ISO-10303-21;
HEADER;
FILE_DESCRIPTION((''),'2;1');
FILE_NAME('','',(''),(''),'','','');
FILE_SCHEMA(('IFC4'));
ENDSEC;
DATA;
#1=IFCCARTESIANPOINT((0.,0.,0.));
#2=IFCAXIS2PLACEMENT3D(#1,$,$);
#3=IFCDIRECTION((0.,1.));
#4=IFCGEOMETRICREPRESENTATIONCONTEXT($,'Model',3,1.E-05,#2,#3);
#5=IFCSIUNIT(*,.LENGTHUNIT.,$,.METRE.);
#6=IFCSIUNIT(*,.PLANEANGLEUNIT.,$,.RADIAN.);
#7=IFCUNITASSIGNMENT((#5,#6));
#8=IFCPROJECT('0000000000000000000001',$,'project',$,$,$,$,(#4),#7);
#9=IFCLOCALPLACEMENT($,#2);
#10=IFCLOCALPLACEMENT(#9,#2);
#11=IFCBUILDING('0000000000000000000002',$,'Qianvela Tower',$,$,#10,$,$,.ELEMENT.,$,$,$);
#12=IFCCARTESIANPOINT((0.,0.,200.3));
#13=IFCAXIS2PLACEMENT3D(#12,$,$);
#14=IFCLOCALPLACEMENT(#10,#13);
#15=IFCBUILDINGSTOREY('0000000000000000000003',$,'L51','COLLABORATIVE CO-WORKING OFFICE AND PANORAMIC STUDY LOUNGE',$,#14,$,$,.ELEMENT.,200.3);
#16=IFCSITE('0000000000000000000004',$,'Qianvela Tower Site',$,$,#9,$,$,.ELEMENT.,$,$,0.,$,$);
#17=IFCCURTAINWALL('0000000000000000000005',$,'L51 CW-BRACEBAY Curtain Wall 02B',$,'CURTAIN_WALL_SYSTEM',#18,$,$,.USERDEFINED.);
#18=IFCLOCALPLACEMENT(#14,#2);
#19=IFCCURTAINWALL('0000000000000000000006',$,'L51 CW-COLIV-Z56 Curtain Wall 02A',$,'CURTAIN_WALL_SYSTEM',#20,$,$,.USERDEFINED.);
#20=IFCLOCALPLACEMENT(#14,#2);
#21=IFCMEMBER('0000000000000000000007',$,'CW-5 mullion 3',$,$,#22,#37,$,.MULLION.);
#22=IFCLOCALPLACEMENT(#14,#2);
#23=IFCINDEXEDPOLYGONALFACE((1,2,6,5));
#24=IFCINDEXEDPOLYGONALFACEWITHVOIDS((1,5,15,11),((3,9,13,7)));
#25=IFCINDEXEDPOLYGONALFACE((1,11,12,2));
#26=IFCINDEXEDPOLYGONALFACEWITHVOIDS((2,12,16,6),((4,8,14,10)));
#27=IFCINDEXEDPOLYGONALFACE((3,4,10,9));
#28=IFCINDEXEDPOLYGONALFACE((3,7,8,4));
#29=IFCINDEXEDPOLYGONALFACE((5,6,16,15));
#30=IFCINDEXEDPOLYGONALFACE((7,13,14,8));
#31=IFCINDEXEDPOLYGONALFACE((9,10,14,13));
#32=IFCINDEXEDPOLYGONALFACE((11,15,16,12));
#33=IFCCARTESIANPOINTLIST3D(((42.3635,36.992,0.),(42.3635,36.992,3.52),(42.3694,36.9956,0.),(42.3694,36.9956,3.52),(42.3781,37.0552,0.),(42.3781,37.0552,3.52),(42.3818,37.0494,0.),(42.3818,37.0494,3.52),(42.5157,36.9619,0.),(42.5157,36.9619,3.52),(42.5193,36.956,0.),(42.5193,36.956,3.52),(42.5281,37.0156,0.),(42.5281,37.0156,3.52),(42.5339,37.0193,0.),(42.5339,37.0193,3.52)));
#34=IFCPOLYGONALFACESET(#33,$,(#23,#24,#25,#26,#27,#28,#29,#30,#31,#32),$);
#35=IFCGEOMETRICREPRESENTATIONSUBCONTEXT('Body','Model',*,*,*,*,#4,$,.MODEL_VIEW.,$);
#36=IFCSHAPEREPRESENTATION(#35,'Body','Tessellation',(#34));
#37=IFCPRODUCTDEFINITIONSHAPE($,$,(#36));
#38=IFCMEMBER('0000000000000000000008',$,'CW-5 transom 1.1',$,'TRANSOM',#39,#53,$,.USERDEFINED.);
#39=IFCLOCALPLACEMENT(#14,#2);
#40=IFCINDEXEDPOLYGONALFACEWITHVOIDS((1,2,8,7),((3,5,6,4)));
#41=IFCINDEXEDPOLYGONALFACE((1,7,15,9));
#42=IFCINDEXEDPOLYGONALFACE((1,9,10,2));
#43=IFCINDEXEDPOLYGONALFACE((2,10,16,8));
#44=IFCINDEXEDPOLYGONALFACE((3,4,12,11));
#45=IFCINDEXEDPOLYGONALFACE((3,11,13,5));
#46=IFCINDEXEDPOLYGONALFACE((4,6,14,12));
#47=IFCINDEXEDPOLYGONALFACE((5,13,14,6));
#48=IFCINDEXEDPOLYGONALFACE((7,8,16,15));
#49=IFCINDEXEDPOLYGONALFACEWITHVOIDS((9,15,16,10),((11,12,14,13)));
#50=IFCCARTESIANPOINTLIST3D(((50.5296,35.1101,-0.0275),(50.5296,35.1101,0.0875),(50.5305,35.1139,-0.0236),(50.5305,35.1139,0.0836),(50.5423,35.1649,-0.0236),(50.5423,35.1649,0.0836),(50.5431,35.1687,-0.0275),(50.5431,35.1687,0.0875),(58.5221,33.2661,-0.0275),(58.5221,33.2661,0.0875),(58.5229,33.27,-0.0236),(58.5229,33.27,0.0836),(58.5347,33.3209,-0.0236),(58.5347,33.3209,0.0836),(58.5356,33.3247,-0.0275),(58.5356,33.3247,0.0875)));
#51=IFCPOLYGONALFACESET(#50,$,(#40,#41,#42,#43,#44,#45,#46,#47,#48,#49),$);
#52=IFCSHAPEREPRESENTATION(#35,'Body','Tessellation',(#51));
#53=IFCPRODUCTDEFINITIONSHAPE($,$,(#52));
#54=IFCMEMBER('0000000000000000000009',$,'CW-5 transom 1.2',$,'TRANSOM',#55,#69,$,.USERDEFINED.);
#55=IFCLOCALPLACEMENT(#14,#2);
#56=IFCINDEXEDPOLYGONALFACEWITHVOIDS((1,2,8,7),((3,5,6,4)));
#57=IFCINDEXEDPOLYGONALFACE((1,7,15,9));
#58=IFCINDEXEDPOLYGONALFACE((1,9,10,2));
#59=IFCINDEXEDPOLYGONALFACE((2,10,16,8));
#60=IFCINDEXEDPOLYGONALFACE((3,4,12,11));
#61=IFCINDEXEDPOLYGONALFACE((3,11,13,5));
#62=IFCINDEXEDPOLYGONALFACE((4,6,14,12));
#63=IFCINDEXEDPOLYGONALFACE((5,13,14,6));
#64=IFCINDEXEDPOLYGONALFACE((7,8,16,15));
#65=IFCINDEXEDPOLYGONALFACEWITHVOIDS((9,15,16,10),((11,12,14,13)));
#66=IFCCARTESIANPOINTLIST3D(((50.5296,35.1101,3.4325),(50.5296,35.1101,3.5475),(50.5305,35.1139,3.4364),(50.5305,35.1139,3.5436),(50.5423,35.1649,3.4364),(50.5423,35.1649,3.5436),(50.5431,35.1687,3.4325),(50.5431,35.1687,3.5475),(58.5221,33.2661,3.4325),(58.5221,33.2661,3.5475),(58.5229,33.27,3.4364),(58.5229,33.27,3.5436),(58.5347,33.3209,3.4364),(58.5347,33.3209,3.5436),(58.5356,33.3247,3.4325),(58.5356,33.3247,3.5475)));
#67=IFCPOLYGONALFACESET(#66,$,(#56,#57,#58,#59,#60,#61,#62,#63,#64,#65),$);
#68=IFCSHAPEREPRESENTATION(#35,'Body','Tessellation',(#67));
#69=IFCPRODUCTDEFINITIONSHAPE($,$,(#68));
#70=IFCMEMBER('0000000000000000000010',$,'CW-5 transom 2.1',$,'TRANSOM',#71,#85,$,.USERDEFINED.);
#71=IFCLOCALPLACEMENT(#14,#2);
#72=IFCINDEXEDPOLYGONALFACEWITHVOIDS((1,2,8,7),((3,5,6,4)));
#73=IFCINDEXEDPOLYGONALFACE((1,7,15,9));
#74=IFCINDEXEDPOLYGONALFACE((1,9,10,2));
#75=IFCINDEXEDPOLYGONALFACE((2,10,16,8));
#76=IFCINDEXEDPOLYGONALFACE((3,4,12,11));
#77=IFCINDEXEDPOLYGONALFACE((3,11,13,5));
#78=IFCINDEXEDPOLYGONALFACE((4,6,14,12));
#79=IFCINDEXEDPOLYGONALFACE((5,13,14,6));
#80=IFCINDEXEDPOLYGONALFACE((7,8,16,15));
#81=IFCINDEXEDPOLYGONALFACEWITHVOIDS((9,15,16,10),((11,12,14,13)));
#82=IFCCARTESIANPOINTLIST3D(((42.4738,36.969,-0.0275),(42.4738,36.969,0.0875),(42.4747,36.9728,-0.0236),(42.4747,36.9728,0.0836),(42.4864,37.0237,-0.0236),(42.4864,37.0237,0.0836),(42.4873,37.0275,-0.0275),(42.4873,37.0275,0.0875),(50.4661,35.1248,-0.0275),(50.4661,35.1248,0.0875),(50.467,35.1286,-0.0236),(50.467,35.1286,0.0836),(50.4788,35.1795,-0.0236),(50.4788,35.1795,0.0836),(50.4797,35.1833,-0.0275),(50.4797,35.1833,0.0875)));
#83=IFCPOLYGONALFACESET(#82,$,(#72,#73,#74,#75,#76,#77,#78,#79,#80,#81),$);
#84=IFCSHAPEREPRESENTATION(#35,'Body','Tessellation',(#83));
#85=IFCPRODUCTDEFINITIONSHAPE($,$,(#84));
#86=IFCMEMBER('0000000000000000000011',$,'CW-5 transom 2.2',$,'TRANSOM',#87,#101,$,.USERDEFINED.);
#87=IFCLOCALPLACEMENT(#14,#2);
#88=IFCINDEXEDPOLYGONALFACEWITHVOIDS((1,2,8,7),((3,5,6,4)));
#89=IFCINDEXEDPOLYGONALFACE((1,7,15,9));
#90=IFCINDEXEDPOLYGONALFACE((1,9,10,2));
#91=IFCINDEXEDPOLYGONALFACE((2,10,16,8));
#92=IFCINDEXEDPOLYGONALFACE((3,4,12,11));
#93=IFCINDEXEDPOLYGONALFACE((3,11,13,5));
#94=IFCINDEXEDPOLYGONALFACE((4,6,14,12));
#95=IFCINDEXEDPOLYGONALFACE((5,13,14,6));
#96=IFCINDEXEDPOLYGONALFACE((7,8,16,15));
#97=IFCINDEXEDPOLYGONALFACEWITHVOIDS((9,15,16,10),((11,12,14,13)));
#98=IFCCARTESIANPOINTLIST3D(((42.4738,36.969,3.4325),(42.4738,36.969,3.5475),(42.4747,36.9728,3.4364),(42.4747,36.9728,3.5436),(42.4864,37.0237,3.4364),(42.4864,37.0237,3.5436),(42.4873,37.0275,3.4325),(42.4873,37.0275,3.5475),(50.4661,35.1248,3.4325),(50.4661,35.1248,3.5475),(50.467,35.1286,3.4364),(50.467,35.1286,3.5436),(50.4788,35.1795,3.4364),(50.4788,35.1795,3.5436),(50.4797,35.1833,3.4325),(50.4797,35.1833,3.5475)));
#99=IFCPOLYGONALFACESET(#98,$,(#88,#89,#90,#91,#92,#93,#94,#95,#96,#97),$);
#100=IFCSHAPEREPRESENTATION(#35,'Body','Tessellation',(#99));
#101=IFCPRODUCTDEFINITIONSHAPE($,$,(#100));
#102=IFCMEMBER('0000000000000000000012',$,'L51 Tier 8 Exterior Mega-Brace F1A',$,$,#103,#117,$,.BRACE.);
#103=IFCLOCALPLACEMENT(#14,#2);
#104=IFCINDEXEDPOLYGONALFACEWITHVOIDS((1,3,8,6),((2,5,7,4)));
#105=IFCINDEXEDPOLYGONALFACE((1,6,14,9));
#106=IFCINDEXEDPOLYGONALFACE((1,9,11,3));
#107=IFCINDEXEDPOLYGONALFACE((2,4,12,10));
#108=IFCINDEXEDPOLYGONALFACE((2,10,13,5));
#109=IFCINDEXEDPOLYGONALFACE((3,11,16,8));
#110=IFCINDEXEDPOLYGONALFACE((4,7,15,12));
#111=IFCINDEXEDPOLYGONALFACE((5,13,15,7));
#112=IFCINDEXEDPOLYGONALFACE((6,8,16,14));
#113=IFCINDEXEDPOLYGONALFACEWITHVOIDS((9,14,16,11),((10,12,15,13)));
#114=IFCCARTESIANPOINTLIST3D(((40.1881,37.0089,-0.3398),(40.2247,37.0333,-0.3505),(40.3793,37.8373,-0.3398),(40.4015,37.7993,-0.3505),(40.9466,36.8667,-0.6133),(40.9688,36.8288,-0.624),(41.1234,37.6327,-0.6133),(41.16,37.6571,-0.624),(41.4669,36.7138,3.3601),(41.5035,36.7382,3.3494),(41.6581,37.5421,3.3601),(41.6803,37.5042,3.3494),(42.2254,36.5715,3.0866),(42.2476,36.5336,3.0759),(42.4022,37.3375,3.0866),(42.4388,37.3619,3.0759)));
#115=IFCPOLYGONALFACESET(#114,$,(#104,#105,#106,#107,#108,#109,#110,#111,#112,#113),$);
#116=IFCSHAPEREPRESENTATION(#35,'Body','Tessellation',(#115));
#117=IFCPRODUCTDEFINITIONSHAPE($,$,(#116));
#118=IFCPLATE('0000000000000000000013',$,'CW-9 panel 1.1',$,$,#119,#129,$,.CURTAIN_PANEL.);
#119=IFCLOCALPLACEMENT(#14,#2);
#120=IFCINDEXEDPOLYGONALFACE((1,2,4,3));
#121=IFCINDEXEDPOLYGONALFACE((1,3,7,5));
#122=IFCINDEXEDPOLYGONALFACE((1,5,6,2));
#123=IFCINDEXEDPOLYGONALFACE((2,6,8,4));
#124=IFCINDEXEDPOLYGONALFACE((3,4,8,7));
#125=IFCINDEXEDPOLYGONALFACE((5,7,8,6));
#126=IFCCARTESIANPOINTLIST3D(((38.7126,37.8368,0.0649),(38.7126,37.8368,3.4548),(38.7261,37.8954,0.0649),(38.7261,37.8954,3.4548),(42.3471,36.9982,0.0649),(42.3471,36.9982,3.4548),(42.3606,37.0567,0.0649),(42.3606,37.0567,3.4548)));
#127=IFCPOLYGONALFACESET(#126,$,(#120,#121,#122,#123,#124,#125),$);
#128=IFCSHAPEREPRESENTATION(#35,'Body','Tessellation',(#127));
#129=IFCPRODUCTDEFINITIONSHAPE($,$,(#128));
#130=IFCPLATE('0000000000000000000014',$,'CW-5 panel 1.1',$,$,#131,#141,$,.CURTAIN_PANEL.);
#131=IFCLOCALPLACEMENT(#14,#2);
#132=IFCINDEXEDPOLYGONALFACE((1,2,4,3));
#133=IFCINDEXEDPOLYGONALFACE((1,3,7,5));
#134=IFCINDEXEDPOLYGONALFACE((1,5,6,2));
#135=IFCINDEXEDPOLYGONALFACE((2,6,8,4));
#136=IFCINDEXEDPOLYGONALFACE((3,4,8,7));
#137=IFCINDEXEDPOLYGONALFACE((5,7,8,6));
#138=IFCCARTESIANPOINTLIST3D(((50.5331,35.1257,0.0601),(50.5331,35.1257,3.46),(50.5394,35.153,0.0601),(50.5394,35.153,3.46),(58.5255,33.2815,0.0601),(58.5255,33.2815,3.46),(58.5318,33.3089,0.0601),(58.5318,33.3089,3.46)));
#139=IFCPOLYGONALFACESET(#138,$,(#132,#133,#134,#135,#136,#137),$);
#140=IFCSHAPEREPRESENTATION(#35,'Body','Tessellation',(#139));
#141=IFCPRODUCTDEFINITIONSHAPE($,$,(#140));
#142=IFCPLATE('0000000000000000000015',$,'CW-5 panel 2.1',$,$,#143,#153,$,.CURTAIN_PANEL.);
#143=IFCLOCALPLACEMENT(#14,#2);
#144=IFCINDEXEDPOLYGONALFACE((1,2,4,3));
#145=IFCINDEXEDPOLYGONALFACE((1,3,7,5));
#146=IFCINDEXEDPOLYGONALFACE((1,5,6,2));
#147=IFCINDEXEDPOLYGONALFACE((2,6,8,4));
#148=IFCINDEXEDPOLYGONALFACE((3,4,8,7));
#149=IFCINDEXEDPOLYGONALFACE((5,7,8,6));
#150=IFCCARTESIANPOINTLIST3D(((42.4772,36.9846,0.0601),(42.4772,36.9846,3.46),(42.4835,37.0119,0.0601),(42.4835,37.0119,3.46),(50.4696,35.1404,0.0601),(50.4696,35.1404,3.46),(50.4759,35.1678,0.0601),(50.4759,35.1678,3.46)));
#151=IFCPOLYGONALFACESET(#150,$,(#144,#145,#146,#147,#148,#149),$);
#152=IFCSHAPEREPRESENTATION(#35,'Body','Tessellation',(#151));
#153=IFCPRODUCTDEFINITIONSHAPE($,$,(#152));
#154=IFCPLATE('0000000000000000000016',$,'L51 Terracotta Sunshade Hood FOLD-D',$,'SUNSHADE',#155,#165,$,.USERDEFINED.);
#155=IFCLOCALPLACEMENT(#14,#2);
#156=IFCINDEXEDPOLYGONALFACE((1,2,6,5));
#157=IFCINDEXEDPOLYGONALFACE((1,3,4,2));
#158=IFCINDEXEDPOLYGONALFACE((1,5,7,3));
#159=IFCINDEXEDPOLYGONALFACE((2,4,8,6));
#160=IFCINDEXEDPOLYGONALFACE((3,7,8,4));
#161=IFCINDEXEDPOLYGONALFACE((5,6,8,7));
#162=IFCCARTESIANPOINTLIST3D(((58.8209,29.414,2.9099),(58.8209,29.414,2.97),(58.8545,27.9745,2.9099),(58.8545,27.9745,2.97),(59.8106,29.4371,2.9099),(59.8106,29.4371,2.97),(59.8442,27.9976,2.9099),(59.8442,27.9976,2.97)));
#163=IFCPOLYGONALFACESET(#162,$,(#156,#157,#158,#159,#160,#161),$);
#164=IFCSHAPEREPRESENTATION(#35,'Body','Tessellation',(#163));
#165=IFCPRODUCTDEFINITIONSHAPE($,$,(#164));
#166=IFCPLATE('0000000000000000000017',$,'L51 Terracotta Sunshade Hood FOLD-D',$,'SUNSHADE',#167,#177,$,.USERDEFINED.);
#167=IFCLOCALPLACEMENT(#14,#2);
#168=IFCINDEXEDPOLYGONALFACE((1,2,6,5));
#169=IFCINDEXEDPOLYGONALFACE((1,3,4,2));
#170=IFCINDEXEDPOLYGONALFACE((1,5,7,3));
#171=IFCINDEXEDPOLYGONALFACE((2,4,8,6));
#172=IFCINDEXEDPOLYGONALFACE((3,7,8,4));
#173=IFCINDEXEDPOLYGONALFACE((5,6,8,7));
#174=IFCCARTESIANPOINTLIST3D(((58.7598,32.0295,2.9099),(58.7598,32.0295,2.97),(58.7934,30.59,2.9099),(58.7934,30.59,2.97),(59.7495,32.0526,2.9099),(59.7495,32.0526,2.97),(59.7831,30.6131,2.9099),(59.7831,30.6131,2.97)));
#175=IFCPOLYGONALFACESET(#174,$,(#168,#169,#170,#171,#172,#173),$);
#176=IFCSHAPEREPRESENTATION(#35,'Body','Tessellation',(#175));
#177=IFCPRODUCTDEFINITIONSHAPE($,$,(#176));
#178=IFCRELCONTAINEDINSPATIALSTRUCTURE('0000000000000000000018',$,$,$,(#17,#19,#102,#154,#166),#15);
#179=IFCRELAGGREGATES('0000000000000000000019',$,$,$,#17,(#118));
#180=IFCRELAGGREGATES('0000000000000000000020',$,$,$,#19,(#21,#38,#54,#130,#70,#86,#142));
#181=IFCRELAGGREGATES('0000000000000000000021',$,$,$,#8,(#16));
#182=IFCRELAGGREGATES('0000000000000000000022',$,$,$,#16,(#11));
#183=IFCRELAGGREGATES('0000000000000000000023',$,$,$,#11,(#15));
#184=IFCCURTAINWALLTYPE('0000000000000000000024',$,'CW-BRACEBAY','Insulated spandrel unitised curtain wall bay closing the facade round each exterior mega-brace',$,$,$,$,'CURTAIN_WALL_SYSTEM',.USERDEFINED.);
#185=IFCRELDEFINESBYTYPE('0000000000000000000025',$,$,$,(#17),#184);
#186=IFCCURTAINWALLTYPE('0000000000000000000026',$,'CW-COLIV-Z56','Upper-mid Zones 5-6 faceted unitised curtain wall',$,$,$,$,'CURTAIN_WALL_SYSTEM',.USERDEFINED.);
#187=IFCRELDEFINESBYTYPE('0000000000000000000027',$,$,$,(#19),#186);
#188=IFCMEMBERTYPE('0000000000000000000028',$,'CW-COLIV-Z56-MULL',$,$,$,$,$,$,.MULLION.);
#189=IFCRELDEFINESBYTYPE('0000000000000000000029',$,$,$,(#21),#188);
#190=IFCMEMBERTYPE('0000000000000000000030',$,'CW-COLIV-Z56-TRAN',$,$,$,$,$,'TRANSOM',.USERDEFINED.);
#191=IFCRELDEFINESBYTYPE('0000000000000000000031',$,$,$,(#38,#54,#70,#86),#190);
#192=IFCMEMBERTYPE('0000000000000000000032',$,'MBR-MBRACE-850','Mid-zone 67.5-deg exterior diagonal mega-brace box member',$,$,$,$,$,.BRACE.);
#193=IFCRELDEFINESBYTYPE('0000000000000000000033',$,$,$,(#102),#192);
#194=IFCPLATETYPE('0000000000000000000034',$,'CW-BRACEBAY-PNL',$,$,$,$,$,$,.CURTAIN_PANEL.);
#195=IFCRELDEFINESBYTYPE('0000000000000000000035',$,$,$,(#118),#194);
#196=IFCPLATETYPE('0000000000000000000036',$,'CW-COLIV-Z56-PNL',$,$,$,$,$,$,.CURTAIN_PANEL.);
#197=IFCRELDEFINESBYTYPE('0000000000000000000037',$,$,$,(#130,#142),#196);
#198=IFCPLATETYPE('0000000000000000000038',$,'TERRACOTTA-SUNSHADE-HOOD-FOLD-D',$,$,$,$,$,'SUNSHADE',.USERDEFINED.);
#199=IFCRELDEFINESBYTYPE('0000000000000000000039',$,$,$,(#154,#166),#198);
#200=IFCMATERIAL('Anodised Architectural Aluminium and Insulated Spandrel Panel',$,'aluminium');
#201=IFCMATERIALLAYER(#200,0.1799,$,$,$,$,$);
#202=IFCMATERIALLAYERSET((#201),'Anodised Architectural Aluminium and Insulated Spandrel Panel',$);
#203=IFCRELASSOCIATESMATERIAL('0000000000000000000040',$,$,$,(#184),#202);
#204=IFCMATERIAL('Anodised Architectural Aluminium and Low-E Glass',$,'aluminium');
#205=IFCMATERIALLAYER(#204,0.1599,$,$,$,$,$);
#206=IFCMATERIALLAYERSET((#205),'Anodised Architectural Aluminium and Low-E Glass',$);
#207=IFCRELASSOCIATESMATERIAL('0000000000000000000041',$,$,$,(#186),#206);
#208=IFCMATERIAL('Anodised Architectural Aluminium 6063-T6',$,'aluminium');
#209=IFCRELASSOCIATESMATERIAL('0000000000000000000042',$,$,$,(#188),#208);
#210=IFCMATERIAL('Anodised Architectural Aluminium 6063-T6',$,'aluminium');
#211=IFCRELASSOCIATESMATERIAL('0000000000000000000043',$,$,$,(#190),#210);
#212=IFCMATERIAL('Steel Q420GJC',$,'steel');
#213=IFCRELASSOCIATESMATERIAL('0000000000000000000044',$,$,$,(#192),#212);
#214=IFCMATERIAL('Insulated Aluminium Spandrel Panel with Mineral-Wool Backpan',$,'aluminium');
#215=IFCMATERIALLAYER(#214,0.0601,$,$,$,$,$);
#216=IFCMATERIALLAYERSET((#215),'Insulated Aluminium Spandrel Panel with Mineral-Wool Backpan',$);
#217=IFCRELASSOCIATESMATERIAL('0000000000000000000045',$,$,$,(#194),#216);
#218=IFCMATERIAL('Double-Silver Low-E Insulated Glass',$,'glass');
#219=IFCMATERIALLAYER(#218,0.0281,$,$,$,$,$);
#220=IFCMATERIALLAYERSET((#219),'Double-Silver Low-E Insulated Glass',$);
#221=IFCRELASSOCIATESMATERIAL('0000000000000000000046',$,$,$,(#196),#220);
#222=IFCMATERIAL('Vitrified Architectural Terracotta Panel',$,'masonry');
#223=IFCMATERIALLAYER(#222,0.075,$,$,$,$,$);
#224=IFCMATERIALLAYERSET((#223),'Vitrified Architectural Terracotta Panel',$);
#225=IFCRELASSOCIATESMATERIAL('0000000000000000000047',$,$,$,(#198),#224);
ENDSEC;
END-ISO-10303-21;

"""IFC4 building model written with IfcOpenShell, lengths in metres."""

from ifc_helpers import new_model, si_unit, direction, frame, origin, origin_2d, place, context, subcontext, project, spatial, rectangle, hollow_rectangle, extrude, material, layer, layer_set, material_profile, profile_set, type_object, element, aggregate, save


model = new_model("IFC4")

# Units and contexts
model_context = context("Model", 3, precision=1e-05, world=origin(), true_north=direction((0.0, 1.0)))
body_context = subcontext(model_context, "Body", "Model", "MODEL_VIEW")
ifc_project = project(units=[si_unit("LENGTHUNIT", "METRE"), si_unit("PLANEANGLEUNIT", "RADIAN")], contexts=[model_context])

# Site, building, storey
site_placement = place(None, origin())
site = spatial("IfcSite", under=ifc_project, at=site_placement, Name="Qianvela Tower Site", CompositionType="ELEMENT", RefElevation=0.0)
building_placement = place(site_placement, origin())
building = spatial("IfcBuilding", under=site, at=building_placement, Name="Qianvela Tower", CompositionType="ELEMENT")
storey_placement = place(building_placement, frame((0.0, 0.0, 200.3)))
storey = spatial("IfcBuildingStorey", under=building, at=storey_placement, Name="L51", Description="COLLABORATIVE CO-WORKING OFFICE AND PANORAMIC STUDY LOUNGE", CompositionType="ELEMENT", Elevation=200.3)

# Curtain walls, members
ifc_material_1 = material(Name="Anodised Architectural Aluminium and Insulated Spandrel Panel", Category="aluminium")
ifc_layer_1 = layer(ifc_material_1, 0.1799)
ifc_layer_set_1 = layer_set([ifc_layer_1], Name="Anodised Architectural Aluminium and Insulated Spandrel Panel")
curtain_wall_type_1 = type_object("IfcCurtainWallType", Name="CW-BRACEBAY", Description="Insulated spandrel unitised curtain wall bay closing the facade round each exterior mega-brace", ElementType="CURTAIN_WALL_SYSTEM", PredefinedType="USERDEFINED", material=ifc_layer_set_1)
curtain_wall_1_placement = place(storey_placement, origin())
curtain_wall_1 = element("IfcCurtainWall", 1, at=curtain_wall_1_placement, inside=storey, type_object=curtain_wall_type_1, Name="L51 CW-BRACEBAY Curtain Wall 02B", ObjectType="CURTAIN_WALL_SYSTEM", PredefinedType="USERDEFINED")
ifc_material_2 = material(Name="Anodised Architectural Aluminium and Low-E Glass", Category="aluminium")
ifc_layer_2 = layer(ifc_material_2, 0.1599)
ifc_layer_set_2 = layer_set([ifc_layer_2], Name="Anodised Architectural Aluminium and Low-E Glass")
curtain_wall_type_2 = type_object("IfcCurtainWallType", Name="CW-COLIV-Z56", Description="Upper-mid Zones 5-6 faceted unitised curtain wall", ElementType="CURTAIN_WALL_SYSTEM", PredefinedType="USERDEFINED", material=ifc_layer_set_2)
curtain_wall_2_placement = place(storey_placement, origin())
curtain_wall_2 = element("IfcCurtainWall", 2, at=curtain_wall_2_placement, inside=storey, type_object=curtain_wall_type_2, Name="L51 CW-COLIV-Z56 Curtain Wall 02A", ObjectType="CURTAIN_WALL_SYSTEM", PredefinedType="USERDEFINED")
ifc_material_3 = material(Name="Anodised Architectural Aluminium 6063-T6", Category="aluminium")
ifc_material_profile_1 = material_profile(ifc_material_3, hollow_rectangle(XDim=0.0649, YDim=0.1599, WallThickness=0.0049, at=origin_2d()), Name="ALU-MULL-65x160")
ifc_profile_set_1 = profile_set([ifc_material_profile_1], Name="Anodised Architectural Aluminium 6063-T6")
member_type_1 = type_object("IfcMemberType", Name="CW-COLIV-Z56-MULL", PredefinedType="MULLION", material=ifc_profile_set_1)
member_1_placement = place(storey_placement, frame((42.4487, 37.0056, 0.0), z_axis=(0.0, 0.0, 1.0), x_axis=(-0.224831, -0.974398, 0.0)))
member_1 = element("IfcMember", 3, at=member_1_placement, type_object=member_type_1, Name="CW-5 mullion 3", PredefinedType="MULLION", context=body_context, shape_type="SweptSolid", body=[
    extrude(hollow_rectangle(XDim=0.0649, YDim=0.1599, WallThickness=0.0049, at=origin_2d()), origin(), (0.0, 0.0, 1.0), 3.52),
])
ifc_material_4 = material(Name="Anodised Architectural Aluminium 6063-T6", Category="aluminium")
ifc_material_profile_2 = material_profile(ifc_material_4, hollow_rectangle(XDim=0.0601, YDim=0.115, WallThickness=0.0039, at=origin_2d()), Name="ALU-TRAN-60x115")
ifc_profile_set_2 = profile_set([ifc_material_profile_2], Name="Anodised Architectural Aluminium 6063-T6")
member_type_2 = type_object("IfcMemberType", Name="CW-COLIV-Z56-TRAN", ElementType="TRANSOM", PredefinedType="USERDEFINED", material=ifc_profile_set_2)
member_2_placement = place(storey_placement, frame((58.5288, 33.2954, 0.03), z_axis=(-0.974402, 0.224812, 0.0), x_axis=(-0.224812, -0.974402, 0.0)))
member_2 = element("IfcMember", 4, at=member_2_placement, type_object=member_type_2, Name="CW-5 transom 1.1", ObjectType="TRANSOM", PredefinedType="USERDEFINED", context=body_context, shape_type="SweptSolid", body=[
    extrude(hollow_rectangle(XDim=0.0601, YDim=0.115, WallThickness=0.0039, at=origin_2d()), origin(), (0.0, 0.0, 1.0), 8.2024),
])
member_3_placement = place(storey_placement, frame((58.5288, 33.2954, 3.49), z_axis=(-0.974402, 0.224812, 0.0), x_axis=(-0.224812, -0.974402, 0.0)))
member_3 = element("IfcMember", 5, at=member_3_placement, type_object=member_type_2, Name="CW-5 transom 1.2", ObjectType="TRANSOM", PredefinedType="USERDEFINED", context=body_context, shape_type="SweptSolid", body=[
    extrude(hollow_rectangle(XDim=0.0601, YDim=0.115, WallThickness=0.0039, at=origin_2d()), origin(), (0.0, 0.0, 1.0), 8.2024),
])
member_4_placement = place(storey_placement, frame((50.4729, 35.1541, 0.03), z_axis=(-0.974396, 0.22484, 0.0), x_axis=(-0.22484, -0.974396, 0.0)))
member_4 = element("IfcMember", 6, at=member_4_placement, type_object=member_type_2, Name="CW-5 transom 2.1", ObjectType="TRANSOM", PredefinedType="USERDEFINED", context=body_context, shape_type="SweptSolid", body=[
    extrude(hollow_rectangle(XDim=0.0601, YDim=0.115, WallThickness=0.0039, at=origin_2d()), origin(), (0.0, 0.0, 1.0), 8.2024),
])
member_5_placement = place(storey_placement, frame((50.4729, 35.1541, 3.49), z_axis=(-0.974396, 0.22484, 0.0), x_axis=(-0.22484, -0.974396, 0.0)))
member_5 = element("IfcMember", 7, at=member_5_placement, type_object=member_type_2, Name="CW-5 transom 2.2", ObjectType="TRANSOM", PredefinedType="USERDEFINED", context=body_context, shape_type="SweptSolid", body=[
    extrude(hollow_rectangle(XDim=0.0601, YDim=0.115, WallThickness=0.0039, at=origin_2d()), origin(), (0.0, 0.0, 1.0), 8.2024),
])

# Member
ifc_material_5 = material(Name="Steel Q420GJC", Category="steel")
ifc_material_profile_3 = material_profile(ifc_material_5, hollow_rectangle(XDim=0.8501, YDim=0.8501, WallThickness=0.032, at=origin_2d()), Name="MBOX-850x850x32")
ifc_profile_set_3 = profile_set([ifc_material_profile_3], Name="Steel Q420GJC")
member_type_3 = type_object("IfcMemberType", Name="MBR-MBRACE-850", Description="Mid-zone 67.5-deg exterior diagonal mega-brace box member", PredefinedType="BRACE", material=ifc_profile_set_3)
member_6_placement = place(storey_placement, frame((40.6741, 37.333, -0.4819), z_axis=(0.325743, -0.075186, 0.942464), x_axis=(0.2249, 0.974382, 0.0)))
element("IfcMember", 8, at=member_6_placement, inside=storey, type_object=member_type_3, Name="L51 Tier 8 Exterior Mega-Brace F1A", PredefinedType="BRACE", context=body_context, shape_type="SweptSolid", body=[
    extrude(hollow_rectangle(XDim=0.8501, YDim=0.8501, WallThickness=0.032, at=origin_2d()), origin(), (0.0, 0.0, 1.0), 3.9258),
])

# Plates
ifc_material_6 = material(Name="Insulated Aluminium Spandrel Panel with Mineral-Wool Backpan", Category="aluminium")
ifc_layer_3 = layer(ifc_material_6, 0.0601)
ifc_layer_set_3 = layer_set([ifc_layer_3], Name="Insulated Aluminium Spandrel Panel with Mineral-Wool Backpan")
plate_type_1 = type_object("IfcPlateType", Name="CW-BRACEBAY-PNL", PredefinedType="CURTAIN_PANEL", material=ifc_layer_set_3)
plate_1_placement = place(storey_placement, frame((40.5366, 37.4468, 0.0649), z_axis=(0.0, 0.0, 1.0), x_axis=(-0.974395, 0.224842, 0.0)))
plate_1 = element("IfcPlate", 9, at=plate_1_placement, type_object=plate_type_1, Name="CW-9 panel 1.1", PredefinedType="CURTAIN_PANEL", context=body_context, shape_type="SweptSolid", body=[
    extrude(rectangle(XDim=3.73, YDim=0.0601, at=origin_2d()), origin(), (0.0, 0.0, 1.0), 3.3899),
])
aggregate(curtain_wall_1, [plate_1])
ifc_material_7 = material(Name="Double-Silver Low-E Insulated Glass", Category="glass")
ifc_layer_4 = layer(ifc_material_7, 0.0281)
ifc_layer_set_4 = layer_set([ifc_layer_4], Name="Double-Silver Low-E Insulated Glass")
plate_type_2 = type_object("IfcPlateType", Name="CW-COLIV-Z56-PNL", PredefinedType="CURTAIN_PANEL", material=ifc_layer_set_4)
plate_2_placement = place(storey_placement, frame((54.5325, 34.2173, 0.0601), z_axis=(0.0, 0.0, 1.0), x_axis=(-0.974398, 0.224831, 0.0)))
plate_2 = element("IfcPlate", 10, at=plate_2_placement, type_object=plate_type_2, Name="CW-5 panel 1.1", PredefinedType="CURTAIN_PANEL", context=body_context, shape_type="SweptSolid", body=[
    extrude(rectangle(XDim=8.2024, YDim=0.0281, at=origin_2d()), origin(), (0.0, 0.0, 1.0), 3.3999),
])
plate_3_placement = place(storey_placement, frame((46.4766, 36.0762, 0.0601), z_axis=(0.0, 0.0, 1.0), x_axis=(-0.974398, 0.224831, 0.0)))
plate_3 = element("IfcPlate", 11, at=plate_3_placement, type_object=plate_type_2, Name="CW-5 panel 2.1", PredefinedType="CURTAIN_PANEL", context=body_context, shape_type="SweptSolid", body=[
    extrude(rectangle(XDim=8.2024, YDim=0.0281, at=origin_2d()), origin(), (0.0, 0.0, 1.0), 3.3999),
])
aggregate(curtain_wall_2, [member_1, member_2, member_3, plate_2, member_4, member_5, plate_3])

# Plates
ifc_material_8 = material(Name="Vitrified Architectural Terracotta Panel", Category="masonry")
ifc_layer_5 = layer(ifc_material_8, 0.075)
ifc_layer_set_5 = layer_set([ifc_layer_5], Name="Vitrified Architectural Terracotta Panel")
plate_type_3 = type_object("IfcPlateType", Name="TERRACOTTA-SUNSHADE-HOOD-FOLD-D", ElementType="SUNSHADE", PredefinedType="USERDEFINED", material=ifc_layer_set_5)
for number, where, z_axis, x_axis, name in (
    (12, (59.3325, 28.7058, 2.9099), (0.0, 0.0, 1.0), (-0.023329, 0.999728, 0.0), "L51 Terracotta Sunshade Hood FOLD-D"),
    (13, (59.2715, 31.3213, 2.9099), (0.0, 0.0, 1.0), (-0.023329, 0.999728, 0.0), "L51 Terracotta Sunshade Hood FOLD-D"),
):
    element("IfcPlate", number, at=place(storey_placement, frame(where, z_axis=z_axis, x_axis=x_axis)), inside=storey, type_object=plate_type_3, Name=name, ObjectType="SUNSHADE", PredefinedType="USERDEFINED", context=body_context, shape_type="SweptSolid", body=[
        extrude(rectangle(XDim=1.4399, YDim=0.99, at=origin_2d()), origin(), (0.0, 0.0, 1.0), 0.0601),
    ])

save(model, "model.ifc")
